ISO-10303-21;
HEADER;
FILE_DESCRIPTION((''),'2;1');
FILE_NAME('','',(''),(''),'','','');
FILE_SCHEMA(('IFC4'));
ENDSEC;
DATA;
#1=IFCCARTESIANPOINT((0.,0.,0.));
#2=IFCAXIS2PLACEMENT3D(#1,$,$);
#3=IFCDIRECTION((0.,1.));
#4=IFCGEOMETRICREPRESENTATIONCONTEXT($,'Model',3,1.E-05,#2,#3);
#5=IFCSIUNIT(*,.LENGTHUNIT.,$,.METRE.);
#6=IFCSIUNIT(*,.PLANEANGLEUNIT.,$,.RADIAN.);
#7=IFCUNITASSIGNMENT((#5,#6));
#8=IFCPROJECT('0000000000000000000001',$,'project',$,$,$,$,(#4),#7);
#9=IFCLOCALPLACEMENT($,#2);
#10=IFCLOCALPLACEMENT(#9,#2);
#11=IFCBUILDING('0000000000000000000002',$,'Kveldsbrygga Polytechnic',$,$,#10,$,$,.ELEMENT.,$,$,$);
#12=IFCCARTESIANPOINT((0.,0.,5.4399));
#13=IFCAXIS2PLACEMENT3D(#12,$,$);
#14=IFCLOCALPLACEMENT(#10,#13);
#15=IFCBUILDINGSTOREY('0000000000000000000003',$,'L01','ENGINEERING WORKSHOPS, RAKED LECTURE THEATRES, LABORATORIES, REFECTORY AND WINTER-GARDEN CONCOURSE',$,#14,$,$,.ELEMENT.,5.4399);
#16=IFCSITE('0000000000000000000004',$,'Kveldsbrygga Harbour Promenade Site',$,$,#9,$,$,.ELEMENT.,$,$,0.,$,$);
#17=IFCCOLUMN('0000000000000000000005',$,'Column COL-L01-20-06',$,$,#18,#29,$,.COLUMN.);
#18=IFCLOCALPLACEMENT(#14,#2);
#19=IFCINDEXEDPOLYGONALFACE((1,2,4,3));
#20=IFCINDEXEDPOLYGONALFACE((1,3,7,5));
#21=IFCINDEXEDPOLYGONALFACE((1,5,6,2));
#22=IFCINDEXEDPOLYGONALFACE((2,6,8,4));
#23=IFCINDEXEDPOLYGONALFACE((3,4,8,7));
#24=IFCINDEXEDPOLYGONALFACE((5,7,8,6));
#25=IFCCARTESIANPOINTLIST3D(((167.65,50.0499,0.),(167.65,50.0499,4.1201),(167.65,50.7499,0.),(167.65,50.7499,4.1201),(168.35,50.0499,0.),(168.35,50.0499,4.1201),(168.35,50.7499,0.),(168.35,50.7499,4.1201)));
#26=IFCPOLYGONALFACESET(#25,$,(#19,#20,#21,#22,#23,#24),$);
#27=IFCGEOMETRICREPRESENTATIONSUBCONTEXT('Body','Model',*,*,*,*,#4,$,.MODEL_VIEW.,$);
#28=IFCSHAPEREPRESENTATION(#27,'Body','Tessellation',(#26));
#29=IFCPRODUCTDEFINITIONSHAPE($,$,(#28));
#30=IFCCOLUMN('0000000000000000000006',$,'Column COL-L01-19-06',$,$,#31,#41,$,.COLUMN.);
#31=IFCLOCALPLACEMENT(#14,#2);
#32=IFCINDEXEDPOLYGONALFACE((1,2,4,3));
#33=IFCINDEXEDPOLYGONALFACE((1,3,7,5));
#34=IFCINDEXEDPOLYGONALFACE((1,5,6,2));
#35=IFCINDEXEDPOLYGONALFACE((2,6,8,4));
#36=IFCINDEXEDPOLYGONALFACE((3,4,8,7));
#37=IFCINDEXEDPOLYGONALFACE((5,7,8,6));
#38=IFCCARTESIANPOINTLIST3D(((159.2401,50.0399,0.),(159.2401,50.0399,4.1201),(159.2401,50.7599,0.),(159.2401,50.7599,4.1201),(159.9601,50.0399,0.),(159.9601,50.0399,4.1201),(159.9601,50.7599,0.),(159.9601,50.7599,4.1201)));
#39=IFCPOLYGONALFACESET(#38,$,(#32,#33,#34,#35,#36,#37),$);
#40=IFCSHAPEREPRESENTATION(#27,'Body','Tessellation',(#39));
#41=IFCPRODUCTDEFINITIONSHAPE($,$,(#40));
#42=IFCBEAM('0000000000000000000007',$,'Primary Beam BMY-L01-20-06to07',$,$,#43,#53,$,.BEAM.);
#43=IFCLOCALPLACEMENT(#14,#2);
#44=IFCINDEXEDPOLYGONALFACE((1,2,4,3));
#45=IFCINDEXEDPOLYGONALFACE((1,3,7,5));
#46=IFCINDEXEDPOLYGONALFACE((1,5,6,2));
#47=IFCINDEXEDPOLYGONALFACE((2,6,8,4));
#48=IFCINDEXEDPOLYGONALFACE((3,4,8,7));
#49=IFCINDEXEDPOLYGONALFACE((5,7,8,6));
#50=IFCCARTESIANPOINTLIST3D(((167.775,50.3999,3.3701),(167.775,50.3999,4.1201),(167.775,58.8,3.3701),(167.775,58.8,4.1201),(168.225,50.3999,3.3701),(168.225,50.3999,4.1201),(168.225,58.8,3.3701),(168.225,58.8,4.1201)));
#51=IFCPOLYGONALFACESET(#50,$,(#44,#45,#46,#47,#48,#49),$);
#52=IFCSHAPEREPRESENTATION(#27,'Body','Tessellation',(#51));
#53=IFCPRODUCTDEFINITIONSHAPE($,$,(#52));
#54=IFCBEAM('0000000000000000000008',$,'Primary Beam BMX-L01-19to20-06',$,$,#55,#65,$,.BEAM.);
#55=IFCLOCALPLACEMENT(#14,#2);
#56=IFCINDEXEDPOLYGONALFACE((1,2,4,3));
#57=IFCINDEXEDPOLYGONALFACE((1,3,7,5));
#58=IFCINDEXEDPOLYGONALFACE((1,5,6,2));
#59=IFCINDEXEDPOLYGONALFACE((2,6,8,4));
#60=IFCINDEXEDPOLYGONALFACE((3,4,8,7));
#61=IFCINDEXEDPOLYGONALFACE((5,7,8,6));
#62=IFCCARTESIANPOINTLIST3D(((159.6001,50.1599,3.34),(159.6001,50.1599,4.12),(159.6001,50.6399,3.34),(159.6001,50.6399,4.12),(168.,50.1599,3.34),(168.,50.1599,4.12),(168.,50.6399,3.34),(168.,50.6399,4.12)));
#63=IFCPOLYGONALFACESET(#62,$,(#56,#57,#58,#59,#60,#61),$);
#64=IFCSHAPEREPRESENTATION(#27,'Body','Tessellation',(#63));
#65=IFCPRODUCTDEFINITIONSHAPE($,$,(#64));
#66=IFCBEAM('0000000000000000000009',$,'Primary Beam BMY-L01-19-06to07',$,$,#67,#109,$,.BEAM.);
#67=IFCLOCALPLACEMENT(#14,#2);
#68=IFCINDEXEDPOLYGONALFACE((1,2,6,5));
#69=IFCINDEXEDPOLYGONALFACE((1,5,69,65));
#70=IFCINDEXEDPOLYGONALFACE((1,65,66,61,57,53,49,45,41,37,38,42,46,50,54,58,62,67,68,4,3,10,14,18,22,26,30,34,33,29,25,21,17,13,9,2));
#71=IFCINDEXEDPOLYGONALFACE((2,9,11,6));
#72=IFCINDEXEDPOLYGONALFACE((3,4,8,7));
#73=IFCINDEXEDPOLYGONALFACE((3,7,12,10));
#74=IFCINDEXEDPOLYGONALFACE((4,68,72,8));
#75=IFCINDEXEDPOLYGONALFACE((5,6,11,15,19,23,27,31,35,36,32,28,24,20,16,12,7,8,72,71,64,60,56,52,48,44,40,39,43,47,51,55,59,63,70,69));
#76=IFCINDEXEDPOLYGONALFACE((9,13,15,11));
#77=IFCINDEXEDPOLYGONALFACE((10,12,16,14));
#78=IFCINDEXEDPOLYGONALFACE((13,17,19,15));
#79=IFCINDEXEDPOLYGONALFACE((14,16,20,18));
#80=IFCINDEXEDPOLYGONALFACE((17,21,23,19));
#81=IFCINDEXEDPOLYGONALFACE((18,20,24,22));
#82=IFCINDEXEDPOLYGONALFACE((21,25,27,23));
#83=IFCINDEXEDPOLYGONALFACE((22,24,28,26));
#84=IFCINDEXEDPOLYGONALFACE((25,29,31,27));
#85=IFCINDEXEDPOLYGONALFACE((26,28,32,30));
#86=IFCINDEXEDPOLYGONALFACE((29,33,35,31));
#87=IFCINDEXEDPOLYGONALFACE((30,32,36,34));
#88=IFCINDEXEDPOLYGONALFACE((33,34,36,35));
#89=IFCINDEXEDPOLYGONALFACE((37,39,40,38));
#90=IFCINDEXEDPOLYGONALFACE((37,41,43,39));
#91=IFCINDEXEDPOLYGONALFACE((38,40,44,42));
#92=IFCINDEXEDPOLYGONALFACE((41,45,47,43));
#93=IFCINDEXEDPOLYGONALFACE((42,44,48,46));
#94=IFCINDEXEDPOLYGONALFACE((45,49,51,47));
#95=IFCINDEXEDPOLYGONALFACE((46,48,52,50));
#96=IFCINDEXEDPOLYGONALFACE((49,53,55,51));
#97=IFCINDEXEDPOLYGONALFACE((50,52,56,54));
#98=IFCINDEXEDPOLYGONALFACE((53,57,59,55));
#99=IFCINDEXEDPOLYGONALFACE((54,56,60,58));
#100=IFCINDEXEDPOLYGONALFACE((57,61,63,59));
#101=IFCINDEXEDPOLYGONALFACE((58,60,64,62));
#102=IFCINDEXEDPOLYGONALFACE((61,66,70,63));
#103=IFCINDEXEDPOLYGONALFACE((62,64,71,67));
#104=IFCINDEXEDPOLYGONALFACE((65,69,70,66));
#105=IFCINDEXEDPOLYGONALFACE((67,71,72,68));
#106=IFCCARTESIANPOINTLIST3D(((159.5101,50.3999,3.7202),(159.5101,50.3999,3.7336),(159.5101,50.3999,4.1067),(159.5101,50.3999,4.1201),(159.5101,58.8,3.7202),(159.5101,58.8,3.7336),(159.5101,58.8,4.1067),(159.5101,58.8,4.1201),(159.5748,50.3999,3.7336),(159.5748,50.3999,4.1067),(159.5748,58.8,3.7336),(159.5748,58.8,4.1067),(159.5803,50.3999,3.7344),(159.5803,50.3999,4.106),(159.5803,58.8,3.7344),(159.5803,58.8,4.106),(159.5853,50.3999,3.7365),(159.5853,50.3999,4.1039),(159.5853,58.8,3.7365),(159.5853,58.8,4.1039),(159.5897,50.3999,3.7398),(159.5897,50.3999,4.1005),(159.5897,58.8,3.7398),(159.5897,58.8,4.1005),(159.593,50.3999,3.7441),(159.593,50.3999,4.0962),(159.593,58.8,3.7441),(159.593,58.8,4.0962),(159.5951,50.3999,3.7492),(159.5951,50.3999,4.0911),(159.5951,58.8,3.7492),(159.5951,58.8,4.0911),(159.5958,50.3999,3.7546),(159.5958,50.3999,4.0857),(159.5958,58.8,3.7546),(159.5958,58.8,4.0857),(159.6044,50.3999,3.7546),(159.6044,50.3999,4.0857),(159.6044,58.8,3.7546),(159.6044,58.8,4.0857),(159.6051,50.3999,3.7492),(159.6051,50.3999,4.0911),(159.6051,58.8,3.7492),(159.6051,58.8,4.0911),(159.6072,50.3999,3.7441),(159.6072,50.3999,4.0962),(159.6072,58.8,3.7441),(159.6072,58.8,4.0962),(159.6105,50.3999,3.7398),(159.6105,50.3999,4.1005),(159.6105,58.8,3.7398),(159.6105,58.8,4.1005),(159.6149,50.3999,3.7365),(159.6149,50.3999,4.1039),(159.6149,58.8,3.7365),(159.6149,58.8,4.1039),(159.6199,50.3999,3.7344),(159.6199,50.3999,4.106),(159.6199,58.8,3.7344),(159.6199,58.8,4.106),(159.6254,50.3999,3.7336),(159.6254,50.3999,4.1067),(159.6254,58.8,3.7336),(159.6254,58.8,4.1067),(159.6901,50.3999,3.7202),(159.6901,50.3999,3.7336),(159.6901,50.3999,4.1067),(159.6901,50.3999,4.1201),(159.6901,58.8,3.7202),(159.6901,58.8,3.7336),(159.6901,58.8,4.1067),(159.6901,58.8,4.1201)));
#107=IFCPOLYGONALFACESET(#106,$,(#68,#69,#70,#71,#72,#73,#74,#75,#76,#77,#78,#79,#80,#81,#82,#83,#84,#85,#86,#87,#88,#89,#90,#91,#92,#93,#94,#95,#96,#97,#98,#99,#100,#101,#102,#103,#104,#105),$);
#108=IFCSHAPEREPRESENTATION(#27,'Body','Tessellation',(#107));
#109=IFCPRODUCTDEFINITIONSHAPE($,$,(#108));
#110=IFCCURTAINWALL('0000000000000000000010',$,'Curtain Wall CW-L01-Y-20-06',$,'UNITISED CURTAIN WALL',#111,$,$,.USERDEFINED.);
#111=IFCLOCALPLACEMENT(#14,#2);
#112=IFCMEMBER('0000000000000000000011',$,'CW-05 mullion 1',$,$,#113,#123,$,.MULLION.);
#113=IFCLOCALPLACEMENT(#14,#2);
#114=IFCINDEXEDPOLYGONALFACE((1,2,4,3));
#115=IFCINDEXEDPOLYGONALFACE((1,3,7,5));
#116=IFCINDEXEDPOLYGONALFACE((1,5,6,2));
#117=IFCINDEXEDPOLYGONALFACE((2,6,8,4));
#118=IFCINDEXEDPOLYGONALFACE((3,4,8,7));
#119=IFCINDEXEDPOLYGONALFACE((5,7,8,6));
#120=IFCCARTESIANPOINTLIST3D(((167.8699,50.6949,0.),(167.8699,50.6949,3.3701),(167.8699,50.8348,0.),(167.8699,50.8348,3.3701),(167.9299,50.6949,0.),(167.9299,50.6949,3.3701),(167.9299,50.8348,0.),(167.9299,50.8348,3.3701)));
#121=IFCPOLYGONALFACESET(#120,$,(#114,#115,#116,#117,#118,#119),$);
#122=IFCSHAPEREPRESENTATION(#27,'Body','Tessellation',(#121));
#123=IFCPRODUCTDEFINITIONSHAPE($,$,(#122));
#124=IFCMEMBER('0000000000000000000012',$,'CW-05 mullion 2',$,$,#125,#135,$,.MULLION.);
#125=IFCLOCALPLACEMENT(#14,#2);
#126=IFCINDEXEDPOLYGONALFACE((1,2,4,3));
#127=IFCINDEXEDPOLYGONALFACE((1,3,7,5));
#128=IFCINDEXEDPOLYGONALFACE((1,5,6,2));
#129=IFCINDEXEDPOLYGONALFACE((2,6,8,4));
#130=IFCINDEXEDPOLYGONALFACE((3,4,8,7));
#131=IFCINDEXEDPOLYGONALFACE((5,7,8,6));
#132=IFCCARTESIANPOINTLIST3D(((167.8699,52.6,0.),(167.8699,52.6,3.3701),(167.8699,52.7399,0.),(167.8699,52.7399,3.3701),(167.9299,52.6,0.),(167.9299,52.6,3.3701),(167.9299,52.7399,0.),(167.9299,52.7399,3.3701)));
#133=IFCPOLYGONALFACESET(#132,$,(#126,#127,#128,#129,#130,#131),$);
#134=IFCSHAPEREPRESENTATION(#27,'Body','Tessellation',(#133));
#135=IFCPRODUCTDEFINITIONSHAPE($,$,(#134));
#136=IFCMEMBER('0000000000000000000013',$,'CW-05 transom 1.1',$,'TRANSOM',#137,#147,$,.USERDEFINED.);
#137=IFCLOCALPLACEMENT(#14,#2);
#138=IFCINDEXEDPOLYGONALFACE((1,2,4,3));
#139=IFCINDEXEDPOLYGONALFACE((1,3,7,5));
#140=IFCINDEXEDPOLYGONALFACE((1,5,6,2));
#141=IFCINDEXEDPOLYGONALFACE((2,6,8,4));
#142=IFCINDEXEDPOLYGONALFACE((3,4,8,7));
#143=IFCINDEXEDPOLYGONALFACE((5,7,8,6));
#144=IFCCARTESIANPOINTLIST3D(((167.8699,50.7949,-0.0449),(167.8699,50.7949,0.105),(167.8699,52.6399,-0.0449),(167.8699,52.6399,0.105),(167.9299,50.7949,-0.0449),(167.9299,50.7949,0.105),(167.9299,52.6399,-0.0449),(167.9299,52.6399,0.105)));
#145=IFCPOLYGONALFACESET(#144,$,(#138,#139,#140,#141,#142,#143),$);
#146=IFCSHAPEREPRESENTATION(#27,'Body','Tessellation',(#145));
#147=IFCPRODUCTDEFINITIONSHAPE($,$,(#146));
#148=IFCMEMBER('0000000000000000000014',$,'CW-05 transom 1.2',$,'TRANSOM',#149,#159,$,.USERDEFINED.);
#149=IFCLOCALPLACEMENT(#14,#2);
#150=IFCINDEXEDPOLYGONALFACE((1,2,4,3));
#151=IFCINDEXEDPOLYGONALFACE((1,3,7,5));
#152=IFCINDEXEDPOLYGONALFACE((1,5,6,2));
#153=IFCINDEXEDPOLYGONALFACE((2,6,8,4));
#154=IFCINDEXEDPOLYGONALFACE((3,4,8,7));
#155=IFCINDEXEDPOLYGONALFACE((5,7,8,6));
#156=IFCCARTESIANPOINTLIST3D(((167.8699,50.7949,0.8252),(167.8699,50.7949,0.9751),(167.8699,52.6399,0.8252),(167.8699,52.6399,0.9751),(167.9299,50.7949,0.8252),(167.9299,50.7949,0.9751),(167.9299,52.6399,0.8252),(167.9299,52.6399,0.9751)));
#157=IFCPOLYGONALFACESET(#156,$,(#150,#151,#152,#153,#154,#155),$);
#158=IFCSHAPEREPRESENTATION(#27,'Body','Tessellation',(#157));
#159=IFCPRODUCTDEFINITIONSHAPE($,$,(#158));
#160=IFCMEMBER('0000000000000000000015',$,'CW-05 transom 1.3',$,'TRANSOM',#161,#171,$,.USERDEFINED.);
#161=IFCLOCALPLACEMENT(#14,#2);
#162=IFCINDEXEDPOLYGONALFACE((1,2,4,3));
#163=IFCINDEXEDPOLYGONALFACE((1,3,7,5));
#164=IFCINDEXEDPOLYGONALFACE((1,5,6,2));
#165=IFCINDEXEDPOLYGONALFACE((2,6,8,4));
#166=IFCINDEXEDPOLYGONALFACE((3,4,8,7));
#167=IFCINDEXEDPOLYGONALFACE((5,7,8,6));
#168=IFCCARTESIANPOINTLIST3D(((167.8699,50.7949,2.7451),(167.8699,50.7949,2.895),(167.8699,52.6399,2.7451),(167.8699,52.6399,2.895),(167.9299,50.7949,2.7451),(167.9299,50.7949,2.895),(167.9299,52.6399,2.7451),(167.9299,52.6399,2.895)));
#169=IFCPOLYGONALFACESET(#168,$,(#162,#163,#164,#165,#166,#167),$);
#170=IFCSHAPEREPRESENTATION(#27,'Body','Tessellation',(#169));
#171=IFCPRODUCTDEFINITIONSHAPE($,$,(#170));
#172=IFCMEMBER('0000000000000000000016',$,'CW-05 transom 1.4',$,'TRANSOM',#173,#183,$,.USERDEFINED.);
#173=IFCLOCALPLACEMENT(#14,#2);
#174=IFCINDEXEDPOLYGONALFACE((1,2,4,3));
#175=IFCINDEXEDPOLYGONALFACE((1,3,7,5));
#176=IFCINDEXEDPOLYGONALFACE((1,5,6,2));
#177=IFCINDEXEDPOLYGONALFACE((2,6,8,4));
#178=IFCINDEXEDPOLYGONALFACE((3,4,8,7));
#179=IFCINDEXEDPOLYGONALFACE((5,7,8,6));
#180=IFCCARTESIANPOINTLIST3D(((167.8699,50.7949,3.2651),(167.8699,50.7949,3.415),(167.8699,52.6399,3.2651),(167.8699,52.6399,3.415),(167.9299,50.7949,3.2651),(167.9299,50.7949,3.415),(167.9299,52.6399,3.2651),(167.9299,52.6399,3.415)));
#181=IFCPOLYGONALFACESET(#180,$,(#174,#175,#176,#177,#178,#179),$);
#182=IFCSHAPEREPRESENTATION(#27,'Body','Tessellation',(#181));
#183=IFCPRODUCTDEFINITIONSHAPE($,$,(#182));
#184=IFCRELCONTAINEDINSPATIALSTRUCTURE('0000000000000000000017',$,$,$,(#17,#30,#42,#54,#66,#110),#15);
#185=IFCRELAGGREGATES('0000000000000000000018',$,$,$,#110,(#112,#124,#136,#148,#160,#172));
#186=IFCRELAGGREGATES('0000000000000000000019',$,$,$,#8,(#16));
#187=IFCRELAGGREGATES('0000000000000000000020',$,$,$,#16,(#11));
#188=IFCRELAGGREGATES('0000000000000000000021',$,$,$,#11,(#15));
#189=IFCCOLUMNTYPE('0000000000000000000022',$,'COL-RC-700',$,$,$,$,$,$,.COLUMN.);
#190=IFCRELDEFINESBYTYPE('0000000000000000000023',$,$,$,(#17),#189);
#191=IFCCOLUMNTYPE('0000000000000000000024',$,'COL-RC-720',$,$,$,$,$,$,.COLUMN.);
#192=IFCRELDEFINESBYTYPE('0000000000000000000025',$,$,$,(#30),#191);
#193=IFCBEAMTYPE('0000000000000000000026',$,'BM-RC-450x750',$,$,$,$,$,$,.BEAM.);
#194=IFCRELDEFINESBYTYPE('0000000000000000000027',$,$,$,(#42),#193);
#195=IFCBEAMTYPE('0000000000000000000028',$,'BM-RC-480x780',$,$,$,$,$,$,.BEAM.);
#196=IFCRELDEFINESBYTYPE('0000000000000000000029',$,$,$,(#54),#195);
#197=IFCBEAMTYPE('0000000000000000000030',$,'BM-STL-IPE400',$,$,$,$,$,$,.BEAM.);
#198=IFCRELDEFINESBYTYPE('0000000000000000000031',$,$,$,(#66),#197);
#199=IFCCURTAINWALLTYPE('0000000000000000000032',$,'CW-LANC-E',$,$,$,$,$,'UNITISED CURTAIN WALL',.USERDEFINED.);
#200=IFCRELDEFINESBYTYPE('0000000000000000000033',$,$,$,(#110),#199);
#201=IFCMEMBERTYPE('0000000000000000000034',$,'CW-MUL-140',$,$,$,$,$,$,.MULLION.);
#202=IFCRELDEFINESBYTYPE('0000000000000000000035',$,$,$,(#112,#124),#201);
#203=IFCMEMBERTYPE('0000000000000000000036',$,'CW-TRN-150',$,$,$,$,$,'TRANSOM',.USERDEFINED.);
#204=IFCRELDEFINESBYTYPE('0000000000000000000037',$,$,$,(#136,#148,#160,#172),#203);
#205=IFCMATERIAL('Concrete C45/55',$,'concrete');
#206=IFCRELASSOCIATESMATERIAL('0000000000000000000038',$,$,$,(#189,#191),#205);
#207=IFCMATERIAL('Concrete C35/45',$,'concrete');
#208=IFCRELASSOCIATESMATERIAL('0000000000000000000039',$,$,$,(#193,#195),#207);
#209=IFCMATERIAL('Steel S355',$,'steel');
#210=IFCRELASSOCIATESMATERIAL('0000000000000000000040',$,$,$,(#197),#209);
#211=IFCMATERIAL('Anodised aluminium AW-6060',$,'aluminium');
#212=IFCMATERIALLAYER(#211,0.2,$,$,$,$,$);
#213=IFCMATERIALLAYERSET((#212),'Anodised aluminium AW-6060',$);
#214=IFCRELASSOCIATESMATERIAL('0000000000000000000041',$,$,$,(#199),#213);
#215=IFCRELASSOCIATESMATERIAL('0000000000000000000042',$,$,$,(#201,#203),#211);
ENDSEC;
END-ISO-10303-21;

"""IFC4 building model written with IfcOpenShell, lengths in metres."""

from ifc_helpers import new_model, si_unit, direction, frame, origin, origin_2d, place, context, subcontext, project, spatial, rectangle, i_section, extrude, material, layer, layer_set, material_profile, profile_set, type_object, element, aggregate, save


model = new_model("IFC4")

# Units and contexts
model_context = context("Model", 3, precision=1e-05, world=origin(), true_north=direction((0.0, 1.0)))
body_context = subcontext(model_context, "Body", "Model", "MODEL_VIEW")
ifc_project = project(units=[si_unit("LENGTHUNIT", "METRE"), si_unit("PLANEANGLEUNIT", "RADIAN")], contexts=[model_context])

# Site, building, storey
site_placement = place(None, origin())
site = spatial("IfcSite", under=ifc_project, at=site_placement, Name="Kveldsbrygga Harbour Promenade Site", CompositionType="ELEMENT", RefElevation=0.0)
building_placement = place(site_placement, origin())
building = spatial("IfcBuilding", under=site, at=building_placement, Name="Kveldsbrygga Polytechnic", CompositionType="ELEMENT")
storey_placement = place(building_placement, frame((0.0, 0.0, 5.4399)))
storey = spatial("IfcBuildingStorey", under=building, at=storey_placement, Name="L01", Description="ENGINEERING WORKSHOPS, RAKED LECTURE THEATRES, LABORATORIES, REFECTORY AND WINTER-GARDEN CONCOURSE", CompositionType="ELEMENT", Elevation=5.4399)

# Columns
ifc_material_1 = material(Name="Concrete C45/55", Category="concrete")
ifc_material_profile_1 = material_profile(ifc_material_1, rectangle(XDim=0.7, YDim=0.7, at=origin_2d()), Name="RC 700x700")
ifc_profile_set_1 = profile_set([ifc_material_profile_1], Name="Concrete C45/55")
column_type_1 = type_object("IfcColumnType", Name="COL-RC-700", PredefinedType="COLUMN", material=ifc_profile_set_1)
column_1_placement = place(storey_placement, frame((168.0, 50.3999, 0.0), z_axis=(0.0, 0.0, 1.0), x_axis=(1.0, 0.0, 0.0)))
element("IfcColumn", 1, at=column_1_placement, inside=storey, type_object=column_type_1, Name="Column COL-L01-20-06", PredefinedType="COLUMN", context=body_context, shape_type="SweptSolid", body=[
    extrude(rectangle(XDim=0.7, YDim=0.7, at=origin_2d()), origin(), (0.0, 0.0, 1.0), 4.1201),
])
ifc_material_profile_2 = material_profile(ifc_material_1, rectangle(XDim=0.72, YDim=0.72, at=origin_2d()), Name="RC 720x720")
ifc_profile_set_2 = profile_set([ifc_material_profile_2], Name="Concrete C45/55")
column_type_2 = type_object("IfcColumnType", Name="COL-RC-720", PredefinedType="COLUMN", material=ifc_profile_set_2)
column_2_placement = place(storey_placement, frame((159.6001, 50.3999, 0.0), z_axis=(0.0, 0.0, 1.0), x_axis=(1.0, 0.0, 0.0)))
element("IfcColumn", 2, at=column_2_placement, inside=storey, type_object=column_type_2, Name="Column COL-L01-19-06", PredefinedType="COLUMN", context=body_context, shape_type="SweptSolid", body=[
    extrude(rectangle(XDim=0.72, YDim=0.72, at=origin_2d()), origin(), (0.0, 0.0, 1.0), 4.1201),
])

# Beams
ifc_material_2 = material(Name="Concrete C35/45", Category="concrete")
ifc_material_profile_3 = material_profile(ifc_material_2, rectangle(XDim=0.45, YDim=0.75, at=origin_2d()), Name="RC 450x750")
ifc_profile_set_3 = profile_set([ifc_material_profile_3], Name="Concrete C35/45")
beam_type_1 = type_object("IfcBeamType", Name="BM-RC-450x750", PredefinedType="BEAM", material=ifc_profile_set_3)
beam_1_placement = place(storey_placement, frame((168.0, 50.3999, 3.7451), z_axis=(0.0, 1.0, 0.0), x_axis=(-1.0, 0.0, 0.0)))
element("IfcBeam", 3, at=beam_1_placement, inside=storey, type_object=beam_type_1, Name="Primary Beam BMY-L01-20-06to07", PredefinedType="BEAM", context=body_context, shape_type="SweptSolid", body=[
    extrude(rectangle(XDim=0.45, YDim=0.75, at=origin_2d()), origin(), (0.0, 0.0, 1.0), 8.4001),
])
ifc_material_profile_4 = material_profile(ifc_material_2, rectangle(XDim=0.48, YDim=0.78, at=origin_2d()), Name="RC 480x780")
ifc_profile_set_4 = profile_set([ifc_material_profile_4], Name="Concrete C35/45")
beam_type_2 = type_object("IfcBeamType", Name="BM-RC-480x780", PredefinedType="BEAM", material=ifc_profile_set_4)
beam_2_placement = place(storey_placement, frame((159.6001, 50.3999, 3.73), z_axis=(1.0, 0.0, 0.0), x_axis=(0.0, 1.0, 0.0)))
element("IfcBeam", 4, at=beam_2_placement, inside=storey, type_object=beam_type_2, Name="Primary Beam BMX-L01-19to20-06", PredefinedType="BEAM", context=body_context, shape_type="SweptSolid", body=[
    extrude(rectangle(XDim=0.48, YDim=0.78, at=origin_2d()), origin(), (0.0, 0.0, 1.0), 8.3999),
])
ifc_material_3 = material(Name="Steel S355", Category="steel")
ifc_material_profile_5 = material_profile(ifc_material_3, i_section(OverallWidth=0.1799, OverallDepth=0.3999, WebThickness=0.0085, FlangeThickness=0.0134, FilletRadius=0.021, at=origin_2d()), Name="IPE 400")
ifc_profile_set_5 = profile_set([ifc_material_profile_5], Name="Steel S355")
beam_type_3 = type_object("IfcBeamType", Name="BM-STL-IPE400", PredefinedType="BEAM", material=ifc_profile_set_5)
beam_3_placement = place(storey_placement, frame((159.6001, 50.3999, 3.9202), z_axis=(0.0, 1.0, 0.0), x_axis=(-1.0, 0.0, 0.0)))
element("IfcBeam", 5, at=beam_3_placement, inside=storey, type_object=beam_type_3, Name="Primary Beam BMY-L01-19-06to07", PredefinedType="BEAM", context=body_context, shape_type="SweptSolid", body=[
    extrude(i_section(OverallWidth=0.1799, OverallDepth=0.3999, WebThickness=0.0085, FlangeThickness=0.0134, FilletRadius=0.021, at=origin_2d()), origin(), (0.0, 0.0, 1.0), 8.4001),
])

# Curtain wall, members
ifc_material_4 = material(Name="Anodised aluminium AW-6060", Category="aluminium")
ifc_layer_1 = layer(ifc_material_4, 0.2)
ifc_layer_set_1 = layer_set([ifc_layer_1], Name="Anodised aluminium AW-6060")
curtain_wall_type = type_object("IfcCurtainWallType", Name="CW-LANC-E", ElementType="UNITISED CURTAIN WALL", PredefinedType="USERDEFINED", material=ifc_layer_set_1)
curtain_wall_placement = place(storey_placement, origin())
curtain_wall = element("IfcCurtainWall", 6, at=curtain_wall_placement, inside=storey, type_object=curtain_wall_type, Name="Curtain Wall CW-L01-Y-20-06", ObjectType="UNITISED CURTAIN WALL", PredefinedType="USERDEFINED")
ifc_material_profile_6 = material_profile(ifc_material_4, rectangle(XDim=0.0601, YDim=0.1399, at=origin_2d()), Name="ALU 60x140")
ifc_profile_set_6 = profile_set([ifc_material_profile_6], Name="Anodised aluminium AW-6060")
member_type_1 = type_object("IfcMemberType", Name="CW-MUL-140", PredefinedType="MULLION", material=ifc_profile_set_6)
member_1_placement = place(storey_placement, frame((167.8999, 50.7649, 0.0), z_axis=(0.0, 0.0, 1.0), x_axis=(-1.0, 0.0, 0.0)))
member_1 = element("IfcMember", 7, at=member_1_placement, type_object=member_type_1, Name="CW-05 mullion 1", PredefinedType="MULLION", context=body_context, shape_type="SweptSolid", body=[
    extrude(rectangle(XDim=0.0601, YDim=0.1399, at=origin_2d()), origin(), (0.0, 0.0, 1.0), 3.3701),
])
member_2_placement = place(storey_placement, frame((167.8999, 52.6699, 0.0), z_axis=(0.0, 0.0, 1.0), x_axis=(-1.0, 0.0, 0.0)))
member_2 = element("IfcMember", 8, at=member_2_placement, type_object=member_type_1, Name="CW-05 mullion 2", PredefinedType="MULLION", context=body_context, shape_type="SweptSolid", body=[
    extrude(rectangle(XDim=0.0601, YDim=0.1399, at=origin_2d()), origin(), (0.0, 0.0, 1.0), 3.3701),
])
ifc_material_profile_7 = material_profile(ifc_material_4, rectangle(XDim=0.0601, YDim=0.1499, at=origin_2d()), Name="ALU 60x150")
ifc_profile_set_7 = profile_set([ifc_material_profile_7], Name="Anodised aluminium AW-6060")
member_type_2 = type_object("IfcMemberType", Name="CW-TRN-150", ElementType="TRANSOM", PredefinedType="USERDEFINED", material=ifc_profile_set_7)
member_3_placement = place(storey_placement, frame((167.8999, 50.7949, 0.03), z_axis=(0.0, 1.0, 0.0), x_axis=(-1.0, 0.0, 0.0)))
member_3 = element("IfcMember", 9, at=member_3_placement, type_object=member_type_2, Name="CW-05 transom 1.1", ObjectType="TRANSOM", PredefinedType="USERDEFINED", context=body_context, shape_type="SweptSolid", body=[
    extrude(rectangle(XDim=0.0601, YDim=0.1499, at=origin_2d()), origin(), (0.0, 0.0, 1.0), 1.845),
])
member_4_placement = place(storey_placement, frame((167.8999, 50.7949, 0.9001), z_axis=(0.0, 1.0, 0.0), x_axis=(-1.0, 0.0, 0.0)))
member_4 = element("IfcMember", 10, at=member_4_placement, type_object=member_type_2, Name="CW-05 transom 1.2", ObjectType="TRANSOM", PredefinedType="USERDEFINED", context=body_context, shape_type="SweptSolid", body=[
    extrude(rectangle(XDim=0.0601, YDim=0.1499, at=origin_2d()), origin(), (0.0, 0.0, 1.0), 1.845),
])
member_5_placement = place(storey_placement, frame((167.8999, 50.7949, 2.8201), z_axis=(0.0, 1.0, 0.0), x_axis=(-1.0, 0.0, 0.0)))
member_5 = element("IfcMember", 11, at=member_5_placement, type_object=member_type_2, Name="CW-05 transom 1.3", ObjectType="TRANSOM", PredefinedType="USERDEFINED", context=body_context, shape_type="SweptSolid", body=[
    extrude(rectangle(XDim=0.0601, YDim=0.1499, at=origin_2d()), origin(), (0.0, 0.0, 1.0), 1.845),
])
member_6_placement = place(storey_placement, frame((167.8999, 50.7949, 3.3401), z_axis=(0.0, 1.0, 0.0), x_axis=(-1.0, 0.0, 0.0)))
member_6 = element("IfcMember", 12, at=member_6_placement, type_object=member_type_2, Name="CW-05 transom 1.4", ObjectType="TRANSOM", PredefinedType="USERDEFINED", context=body_context, shape_type="SweptSolid", body=[
    extrude(rectangle(XDim=0.0601, YDim=0.1499, at=origin_2d()), origin(), (0.0, 0.0, 1.0), 1.845),
])
aggregate(curtain_wall, [member_1, member_2, member_3, member_4, member_5, member_6])

save(model, "model.ifc")
